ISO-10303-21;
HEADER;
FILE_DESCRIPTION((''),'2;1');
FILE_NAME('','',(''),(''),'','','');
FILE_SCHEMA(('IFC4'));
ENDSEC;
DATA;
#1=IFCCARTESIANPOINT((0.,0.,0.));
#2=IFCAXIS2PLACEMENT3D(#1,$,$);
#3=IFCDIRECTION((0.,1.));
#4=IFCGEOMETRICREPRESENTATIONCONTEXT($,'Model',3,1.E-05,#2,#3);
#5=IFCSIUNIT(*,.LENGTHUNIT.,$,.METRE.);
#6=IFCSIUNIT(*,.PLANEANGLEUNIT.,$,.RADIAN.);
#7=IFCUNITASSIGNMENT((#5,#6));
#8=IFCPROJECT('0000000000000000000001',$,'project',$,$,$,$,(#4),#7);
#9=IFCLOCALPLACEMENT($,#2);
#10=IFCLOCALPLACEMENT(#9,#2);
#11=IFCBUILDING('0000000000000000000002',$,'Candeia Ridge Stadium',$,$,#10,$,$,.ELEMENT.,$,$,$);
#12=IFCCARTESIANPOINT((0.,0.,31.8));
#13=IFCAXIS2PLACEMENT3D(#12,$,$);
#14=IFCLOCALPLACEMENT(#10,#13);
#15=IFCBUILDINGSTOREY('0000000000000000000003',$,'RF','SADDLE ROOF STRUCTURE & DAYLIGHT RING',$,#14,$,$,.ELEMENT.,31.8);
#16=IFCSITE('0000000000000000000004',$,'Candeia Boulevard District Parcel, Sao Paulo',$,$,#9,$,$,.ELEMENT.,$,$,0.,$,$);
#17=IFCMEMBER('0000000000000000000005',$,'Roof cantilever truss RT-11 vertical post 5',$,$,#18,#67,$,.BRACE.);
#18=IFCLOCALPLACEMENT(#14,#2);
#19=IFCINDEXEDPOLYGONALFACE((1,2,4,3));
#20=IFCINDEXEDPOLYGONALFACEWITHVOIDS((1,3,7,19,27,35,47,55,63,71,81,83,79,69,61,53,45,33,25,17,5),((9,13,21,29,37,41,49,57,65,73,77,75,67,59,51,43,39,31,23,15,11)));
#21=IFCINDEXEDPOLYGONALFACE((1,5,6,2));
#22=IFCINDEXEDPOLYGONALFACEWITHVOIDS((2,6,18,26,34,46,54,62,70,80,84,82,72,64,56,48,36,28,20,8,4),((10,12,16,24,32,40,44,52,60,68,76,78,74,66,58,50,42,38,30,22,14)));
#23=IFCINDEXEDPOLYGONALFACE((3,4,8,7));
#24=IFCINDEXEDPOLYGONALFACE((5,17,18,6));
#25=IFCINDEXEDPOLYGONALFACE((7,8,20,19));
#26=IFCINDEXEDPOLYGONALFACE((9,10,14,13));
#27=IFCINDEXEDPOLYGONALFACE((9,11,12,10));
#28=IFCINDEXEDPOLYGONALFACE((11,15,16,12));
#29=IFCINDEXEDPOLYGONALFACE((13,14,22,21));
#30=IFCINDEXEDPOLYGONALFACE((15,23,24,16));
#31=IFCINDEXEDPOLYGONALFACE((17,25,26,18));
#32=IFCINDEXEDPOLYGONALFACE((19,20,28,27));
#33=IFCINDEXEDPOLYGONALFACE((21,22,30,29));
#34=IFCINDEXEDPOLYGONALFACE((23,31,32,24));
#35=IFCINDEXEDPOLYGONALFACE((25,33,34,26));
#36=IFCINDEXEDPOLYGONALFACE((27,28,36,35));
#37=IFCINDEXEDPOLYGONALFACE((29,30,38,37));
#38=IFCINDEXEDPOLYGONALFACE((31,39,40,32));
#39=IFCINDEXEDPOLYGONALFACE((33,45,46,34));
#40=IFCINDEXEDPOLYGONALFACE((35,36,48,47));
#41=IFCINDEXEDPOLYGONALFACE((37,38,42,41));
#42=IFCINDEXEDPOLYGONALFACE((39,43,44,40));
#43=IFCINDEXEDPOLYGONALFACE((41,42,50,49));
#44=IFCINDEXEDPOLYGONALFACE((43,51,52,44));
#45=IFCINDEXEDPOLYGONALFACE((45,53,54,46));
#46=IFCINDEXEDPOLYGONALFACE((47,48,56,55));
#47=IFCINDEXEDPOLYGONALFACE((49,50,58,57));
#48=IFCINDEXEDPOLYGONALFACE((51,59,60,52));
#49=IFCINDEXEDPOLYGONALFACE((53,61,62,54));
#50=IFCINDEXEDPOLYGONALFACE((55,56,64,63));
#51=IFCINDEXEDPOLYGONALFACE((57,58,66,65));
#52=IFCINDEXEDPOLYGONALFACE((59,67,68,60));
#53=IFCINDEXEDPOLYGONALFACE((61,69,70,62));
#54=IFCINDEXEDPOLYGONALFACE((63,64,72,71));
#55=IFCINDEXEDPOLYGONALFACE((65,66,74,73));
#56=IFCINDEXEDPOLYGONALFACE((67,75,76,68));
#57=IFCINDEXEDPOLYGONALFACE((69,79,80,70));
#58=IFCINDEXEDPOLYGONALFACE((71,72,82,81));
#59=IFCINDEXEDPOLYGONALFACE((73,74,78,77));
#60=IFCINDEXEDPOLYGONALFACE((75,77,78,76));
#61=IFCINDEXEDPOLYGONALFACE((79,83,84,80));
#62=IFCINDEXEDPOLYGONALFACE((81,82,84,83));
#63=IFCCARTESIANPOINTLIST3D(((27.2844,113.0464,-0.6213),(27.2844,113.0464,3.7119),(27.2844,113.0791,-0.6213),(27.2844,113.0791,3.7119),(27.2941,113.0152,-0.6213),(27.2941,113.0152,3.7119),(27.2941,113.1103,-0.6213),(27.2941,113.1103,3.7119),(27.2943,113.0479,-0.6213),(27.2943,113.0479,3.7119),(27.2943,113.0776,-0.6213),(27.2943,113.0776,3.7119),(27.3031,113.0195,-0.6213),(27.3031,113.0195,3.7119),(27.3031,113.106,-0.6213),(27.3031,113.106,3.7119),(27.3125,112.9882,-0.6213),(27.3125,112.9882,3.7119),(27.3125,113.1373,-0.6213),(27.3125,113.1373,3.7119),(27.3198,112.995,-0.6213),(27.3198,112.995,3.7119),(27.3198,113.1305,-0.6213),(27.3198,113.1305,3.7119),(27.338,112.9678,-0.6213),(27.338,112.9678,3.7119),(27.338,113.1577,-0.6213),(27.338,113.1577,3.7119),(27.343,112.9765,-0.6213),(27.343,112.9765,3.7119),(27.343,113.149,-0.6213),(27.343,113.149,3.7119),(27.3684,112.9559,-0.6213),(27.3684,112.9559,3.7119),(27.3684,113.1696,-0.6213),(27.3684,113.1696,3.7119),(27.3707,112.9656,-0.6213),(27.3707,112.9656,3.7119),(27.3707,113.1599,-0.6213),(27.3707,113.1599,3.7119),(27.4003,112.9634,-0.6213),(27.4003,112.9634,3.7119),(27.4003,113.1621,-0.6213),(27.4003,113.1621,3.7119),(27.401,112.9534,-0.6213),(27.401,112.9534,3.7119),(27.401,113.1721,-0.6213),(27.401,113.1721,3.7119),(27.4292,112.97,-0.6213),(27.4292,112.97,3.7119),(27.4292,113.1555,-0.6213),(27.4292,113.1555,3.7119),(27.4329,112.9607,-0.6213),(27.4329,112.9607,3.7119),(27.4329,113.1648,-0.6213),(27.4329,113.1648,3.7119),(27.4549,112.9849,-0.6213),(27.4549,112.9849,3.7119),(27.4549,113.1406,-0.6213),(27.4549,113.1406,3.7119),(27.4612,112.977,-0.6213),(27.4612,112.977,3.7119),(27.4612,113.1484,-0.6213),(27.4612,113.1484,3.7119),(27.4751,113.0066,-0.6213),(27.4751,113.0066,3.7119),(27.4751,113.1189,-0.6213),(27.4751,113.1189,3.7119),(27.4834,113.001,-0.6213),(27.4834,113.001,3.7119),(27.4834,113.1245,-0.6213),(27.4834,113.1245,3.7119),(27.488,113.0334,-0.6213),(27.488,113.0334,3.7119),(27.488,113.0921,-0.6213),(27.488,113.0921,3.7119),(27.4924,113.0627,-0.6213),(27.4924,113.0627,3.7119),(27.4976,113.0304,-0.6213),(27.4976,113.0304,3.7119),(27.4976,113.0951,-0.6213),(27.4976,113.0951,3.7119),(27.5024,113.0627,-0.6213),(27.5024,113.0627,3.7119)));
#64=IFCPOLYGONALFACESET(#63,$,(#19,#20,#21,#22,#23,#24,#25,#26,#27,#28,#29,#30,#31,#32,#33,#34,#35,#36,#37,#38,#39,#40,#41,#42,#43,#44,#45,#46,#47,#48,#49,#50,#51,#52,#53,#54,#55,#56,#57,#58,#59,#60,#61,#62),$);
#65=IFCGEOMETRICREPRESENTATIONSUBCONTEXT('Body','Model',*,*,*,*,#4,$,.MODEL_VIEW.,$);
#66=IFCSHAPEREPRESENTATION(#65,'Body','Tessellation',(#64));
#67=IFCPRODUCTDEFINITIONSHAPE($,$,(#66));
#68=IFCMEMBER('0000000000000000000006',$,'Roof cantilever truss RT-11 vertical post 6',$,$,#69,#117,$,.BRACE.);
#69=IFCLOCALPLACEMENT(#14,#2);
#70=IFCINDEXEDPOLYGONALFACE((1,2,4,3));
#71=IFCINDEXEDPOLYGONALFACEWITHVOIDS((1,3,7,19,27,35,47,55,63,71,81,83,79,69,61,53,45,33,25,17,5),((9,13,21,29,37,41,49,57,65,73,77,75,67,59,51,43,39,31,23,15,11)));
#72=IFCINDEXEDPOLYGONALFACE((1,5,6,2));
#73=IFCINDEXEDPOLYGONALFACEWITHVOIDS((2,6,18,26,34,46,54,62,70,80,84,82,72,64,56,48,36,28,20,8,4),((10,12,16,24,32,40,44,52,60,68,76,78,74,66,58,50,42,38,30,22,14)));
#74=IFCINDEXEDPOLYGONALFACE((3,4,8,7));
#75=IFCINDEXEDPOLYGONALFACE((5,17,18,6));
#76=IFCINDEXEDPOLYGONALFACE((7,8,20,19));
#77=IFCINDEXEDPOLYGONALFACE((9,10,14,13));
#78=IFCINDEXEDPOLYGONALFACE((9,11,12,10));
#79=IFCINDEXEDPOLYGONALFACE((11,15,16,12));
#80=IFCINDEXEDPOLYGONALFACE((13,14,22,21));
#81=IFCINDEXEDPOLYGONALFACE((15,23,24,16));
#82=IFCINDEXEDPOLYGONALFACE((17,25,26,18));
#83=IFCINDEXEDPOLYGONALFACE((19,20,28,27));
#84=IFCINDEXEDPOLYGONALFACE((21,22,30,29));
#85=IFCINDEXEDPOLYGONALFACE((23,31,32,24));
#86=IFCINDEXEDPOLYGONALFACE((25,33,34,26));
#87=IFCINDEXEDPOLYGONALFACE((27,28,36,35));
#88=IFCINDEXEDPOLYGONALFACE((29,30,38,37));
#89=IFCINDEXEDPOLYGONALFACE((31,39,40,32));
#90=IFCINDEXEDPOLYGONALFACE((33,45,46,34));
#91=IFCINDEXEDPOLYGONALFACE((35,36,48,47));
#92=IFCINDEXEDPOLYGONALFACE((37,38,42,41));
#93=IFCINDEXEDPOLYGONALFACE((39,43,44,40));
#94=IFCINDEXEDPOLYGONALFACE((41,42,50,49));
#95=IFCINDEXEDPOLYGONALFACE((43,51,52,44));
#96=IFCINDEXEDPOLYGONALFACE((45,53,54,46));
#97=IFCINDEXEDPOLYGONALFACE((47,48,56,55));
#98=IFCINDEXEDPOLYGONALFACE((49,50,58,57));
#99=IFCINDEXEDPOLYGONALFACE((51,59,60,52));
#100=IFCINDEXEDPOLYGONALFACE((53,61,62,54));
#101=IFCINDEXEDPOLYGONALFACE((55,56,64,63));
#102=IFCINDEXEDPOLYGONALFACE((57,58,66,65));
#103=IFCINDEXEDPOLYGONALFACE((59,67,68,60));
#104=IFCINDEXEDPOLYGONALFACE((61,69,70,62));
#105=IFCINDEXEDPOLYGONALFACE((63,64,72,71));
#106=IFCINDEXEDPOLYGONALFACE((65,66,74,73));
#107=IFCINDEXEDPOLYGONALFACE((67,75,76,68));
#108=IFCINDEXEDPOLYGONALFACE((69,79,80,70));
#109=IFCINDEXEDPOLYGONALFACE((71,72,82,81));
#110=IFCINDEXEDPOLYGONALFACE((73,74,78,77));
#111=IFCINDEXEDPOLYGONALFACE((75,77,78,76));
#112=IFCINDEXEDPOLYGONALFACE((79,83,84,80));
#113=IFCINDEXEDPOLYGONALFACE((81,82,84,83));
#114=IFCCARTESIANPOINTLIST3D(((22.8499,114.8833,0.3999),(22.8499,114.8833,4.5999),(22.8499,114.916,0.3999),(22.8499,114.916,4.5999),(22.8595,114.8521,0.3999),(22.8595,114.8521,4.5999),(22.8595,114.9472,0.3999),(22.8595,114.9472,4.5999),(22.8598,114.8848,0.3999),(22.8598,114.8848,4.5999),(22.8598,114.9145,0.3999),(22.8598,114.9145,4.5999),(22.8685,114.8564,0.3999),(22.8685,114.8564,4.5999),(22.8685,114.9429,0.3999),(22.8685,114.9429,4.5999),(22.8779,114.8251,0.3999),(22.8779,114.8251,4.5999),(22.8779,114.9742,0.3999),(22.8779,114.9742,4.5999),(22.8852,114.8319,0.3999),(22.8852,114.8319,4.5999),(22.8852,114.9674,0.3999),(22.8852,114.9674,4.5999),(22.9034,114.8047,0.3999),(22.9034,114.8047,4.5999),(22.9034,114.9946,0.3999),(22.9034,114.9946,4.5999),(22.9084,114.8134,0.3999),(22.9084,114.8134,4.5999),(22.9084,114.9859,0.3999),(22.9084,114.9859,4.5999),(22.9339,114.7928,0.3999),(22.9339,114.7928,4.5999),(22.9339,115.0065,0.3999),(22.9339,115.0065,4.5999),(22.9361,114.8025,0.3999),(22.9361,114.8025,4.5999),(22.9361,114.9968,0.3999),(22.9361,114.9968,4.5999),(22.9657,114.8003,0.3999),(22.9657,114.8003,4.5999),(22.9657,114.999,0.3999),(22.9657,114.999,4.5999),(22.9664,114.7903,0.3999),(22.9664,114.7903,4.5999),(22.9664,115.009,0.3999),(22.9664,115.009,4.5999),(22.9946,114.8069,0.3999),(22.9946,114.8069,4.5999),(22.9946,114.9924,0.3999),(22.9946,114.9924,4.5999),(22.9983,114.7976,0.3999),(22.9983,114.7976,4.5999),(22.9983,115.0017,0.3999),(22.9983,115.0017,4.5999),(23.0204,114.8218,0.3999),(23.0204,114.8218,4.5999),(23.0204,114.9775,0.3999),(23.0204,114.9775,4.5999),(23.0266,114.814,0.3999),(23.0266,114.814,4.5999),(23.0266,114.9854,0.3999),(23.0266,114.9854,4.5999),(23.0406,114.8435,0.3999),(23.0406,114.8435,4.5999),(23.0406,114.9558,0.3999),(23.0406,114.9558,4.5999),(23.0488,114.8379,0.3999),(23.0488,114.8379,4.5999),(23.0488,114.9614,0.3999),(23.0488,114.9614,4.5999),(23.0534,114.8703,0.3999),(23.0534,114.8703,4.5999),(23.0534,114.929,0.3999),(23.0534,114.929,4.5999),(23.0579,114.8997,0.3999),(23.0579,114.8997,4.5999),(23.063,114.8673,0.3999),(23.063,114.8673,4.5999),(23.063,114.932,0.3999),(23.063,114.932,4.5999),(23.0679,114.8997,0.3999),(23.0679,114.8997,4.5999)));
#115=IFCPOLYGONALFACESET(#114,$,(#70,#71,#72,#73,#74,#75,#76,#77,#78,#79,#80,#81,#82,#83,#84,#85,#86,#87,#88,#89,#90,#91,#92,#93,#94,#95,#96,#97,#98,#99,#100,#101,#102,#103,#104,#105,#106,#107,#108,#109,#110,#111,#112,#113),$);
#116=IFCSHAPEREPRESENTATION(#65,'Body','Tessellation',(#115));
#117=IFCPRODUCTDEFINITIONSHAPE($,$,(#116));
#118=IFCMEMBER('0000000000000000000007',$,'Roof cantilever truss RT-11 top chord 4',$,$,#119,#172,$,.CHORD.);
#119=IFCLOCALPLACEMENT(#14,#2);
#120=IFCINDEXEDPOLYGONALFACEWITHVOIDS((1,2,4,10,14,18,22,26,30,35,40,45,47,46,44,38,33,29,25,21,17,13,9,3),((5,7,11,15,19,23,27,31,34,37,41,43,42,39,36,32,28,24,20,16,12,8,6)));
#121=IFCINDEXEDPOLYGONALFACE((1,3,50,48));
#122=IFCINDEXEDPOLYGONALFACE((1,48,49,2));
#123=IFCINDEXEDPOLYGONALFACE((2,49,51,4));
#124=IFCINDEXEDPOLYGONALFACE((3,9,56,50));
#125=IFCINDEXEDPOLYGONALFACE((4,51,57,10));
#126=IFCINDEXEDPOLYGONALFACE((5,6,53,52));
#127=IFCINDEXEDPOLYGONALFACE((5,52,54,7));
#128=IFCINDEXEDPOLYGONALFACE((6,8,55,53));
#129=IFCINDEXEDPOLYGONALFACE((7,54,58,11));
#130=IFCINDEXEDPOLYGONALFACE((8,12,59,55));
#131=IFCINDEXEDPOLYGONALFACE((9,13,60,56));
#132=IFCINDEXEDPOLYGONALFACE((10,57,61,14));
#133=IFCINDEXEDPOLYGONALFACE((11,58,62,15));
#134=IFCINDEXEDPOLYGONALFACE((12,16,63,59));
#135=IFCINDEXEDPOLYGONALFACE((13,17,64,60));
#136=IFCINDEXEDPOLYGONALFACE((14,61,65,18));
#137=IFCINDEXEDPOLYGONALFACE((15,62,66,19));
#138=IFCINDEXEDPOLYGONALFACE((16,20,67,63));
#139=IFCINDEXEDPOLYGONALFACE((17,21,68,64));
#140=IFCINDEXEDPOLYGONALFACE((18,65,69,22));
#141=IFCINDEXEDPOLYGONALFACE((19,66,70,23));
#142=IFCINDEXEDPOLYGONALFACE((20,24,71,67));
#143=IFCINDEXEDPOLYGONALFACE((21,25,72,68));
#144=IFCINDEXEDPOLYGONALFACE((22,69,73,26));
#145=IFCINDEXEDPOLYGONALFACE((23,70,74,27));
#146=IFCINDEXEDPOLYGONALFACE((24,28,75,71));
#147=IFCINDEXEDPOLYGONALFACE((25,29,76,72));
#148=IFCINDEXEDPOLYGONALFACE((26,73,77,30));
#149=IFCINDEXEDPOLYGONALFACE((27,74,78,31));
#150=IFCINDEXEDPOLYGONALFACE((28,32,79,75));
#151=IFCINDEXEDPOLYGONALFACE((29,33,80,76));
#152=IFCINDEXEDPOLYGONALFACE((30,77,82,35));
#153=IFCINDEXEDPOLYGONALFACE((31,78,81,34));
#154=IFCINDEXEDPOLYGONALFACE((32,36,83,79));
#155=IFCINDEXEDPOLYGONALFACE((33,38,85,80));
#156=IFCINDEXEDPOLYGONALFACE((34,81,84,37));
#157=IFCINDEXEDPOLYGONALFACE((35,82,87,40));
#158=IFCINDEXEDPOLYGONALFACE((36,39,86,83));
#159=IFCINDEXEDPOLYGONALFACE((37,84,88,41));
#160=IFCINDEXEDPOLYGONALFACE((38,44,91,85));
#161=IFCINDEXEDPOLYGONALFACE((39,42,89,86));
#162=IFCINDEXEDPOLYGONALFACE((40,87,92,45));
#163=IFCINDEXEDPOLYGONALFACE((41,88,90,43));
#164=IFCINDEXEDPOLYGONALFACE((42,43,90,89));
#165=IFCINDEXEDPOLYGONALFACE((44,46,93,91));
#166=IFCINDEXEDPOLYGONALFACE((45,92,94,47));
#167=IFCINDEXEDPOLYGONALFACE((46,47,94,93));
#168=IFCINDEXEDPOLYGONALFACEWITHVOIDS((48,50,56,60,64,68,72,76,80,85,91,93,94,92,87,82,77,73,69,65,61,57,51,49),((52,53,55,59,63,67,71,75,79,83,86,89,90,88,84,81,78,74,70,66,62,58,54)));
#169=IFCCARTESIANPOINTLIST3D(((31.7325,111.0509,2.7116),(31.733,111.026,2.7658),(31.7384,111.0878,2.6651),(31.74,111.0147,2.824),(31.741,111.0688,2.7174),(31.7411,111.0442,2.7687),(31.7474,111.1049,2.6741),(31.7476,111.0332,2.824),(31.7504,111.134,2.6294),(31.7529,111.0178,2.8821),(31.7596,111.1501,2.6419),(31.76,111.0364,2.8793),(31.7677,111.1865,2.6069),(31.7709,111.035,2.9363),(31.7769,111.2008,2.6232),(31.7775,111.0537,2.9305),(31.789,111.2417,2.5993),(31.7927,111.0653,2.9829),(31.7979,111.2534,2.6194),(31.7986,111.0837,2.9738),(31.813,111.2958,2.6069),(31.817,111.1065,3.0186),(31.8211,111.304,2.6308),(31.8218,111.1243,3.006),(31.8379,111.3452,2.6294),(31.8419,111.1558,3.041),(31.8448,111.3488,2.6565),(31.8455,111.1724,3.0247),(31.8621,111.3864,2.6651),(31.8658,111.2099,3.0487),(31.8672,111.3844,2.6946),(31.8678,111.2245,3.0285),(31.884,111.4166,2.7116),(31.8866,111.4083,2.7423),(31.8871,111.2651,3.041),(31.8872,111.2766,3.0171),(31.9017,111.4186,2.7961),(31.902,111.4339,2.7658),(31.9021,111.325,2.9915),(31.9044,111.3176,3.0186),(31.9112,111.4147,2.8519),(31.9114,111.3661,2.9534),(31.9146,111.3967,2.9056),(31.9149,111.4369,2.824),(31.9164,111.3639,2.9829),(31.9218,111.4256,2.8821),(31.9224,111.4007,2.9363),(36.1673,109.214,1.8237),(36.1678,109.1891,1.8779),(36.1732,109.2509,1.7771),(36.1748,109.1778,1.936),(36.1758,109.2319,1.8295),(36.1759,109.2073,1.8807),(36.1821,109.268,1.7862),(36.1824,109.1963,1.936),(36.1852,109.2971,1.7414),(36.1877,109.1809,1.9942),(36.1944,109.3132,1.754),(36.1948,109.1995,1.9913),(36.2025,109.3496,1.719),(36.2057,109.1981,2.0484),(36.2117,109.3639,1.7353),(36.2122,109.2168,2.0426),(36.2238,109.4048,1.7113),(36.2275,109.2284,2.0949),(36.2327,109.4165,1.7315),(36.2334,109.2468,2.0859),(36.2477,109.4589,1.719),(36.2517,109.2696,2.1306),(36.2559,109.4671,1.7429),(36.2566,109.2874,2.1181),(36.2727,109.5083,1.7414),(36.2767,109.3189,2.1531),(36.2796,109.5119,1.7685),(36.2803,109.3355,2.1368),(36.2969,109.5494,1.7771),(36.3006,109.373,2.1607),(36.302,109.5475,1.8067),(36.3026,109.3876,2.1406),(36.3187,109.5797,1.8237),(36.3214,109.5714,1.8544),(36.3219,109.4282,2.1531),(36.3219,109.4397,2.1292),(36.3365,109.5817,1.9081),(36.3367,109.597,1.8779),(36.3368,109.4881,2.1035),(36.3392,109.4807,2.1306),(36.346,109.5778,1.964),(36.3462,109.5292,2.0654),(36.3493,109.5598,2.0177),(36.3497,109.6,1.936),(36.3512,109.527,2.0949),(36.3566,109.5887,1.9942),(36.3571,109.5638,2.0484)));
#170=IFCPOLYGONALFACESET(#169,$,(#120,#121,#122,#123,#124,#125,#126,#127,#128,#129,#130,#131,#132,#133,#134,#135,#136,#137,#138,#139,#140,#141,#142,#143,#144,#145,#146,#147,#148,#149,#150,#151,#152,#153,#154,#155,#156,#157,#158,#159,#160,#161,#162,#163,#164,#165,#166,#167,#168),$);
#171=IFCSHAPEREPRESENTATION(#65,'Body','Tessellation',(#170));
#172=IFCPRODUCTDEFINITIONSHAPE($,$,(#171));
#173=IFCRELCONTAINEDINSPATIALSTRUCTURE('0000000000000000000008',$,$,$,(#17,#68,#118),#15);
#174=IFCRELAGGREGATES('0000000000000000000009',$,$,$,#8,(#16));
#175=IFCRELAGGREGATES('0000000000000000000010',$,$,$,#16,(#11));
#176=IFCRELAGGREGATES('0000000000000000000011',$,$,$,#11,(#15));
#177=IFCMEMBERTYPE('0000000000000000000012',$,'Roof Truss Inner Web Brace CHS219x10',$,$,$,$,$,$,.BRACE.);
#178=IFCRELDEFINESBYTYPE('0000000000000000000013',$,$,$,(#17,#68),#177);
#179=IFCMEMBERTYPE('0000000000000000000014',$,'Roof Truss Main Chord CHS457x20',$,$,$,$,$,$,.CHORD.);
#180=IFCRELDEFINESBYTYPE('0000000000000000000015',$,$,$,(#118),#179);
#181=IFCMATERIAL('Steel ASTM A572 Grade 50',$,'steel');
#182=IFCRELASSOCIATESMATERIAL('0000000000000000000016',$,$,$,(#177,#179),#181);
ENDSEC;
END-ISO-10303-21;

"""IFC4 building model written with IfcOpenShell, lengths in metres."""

from ifc_helpers import new_model, si_unit, direction, frame, origin, origin_2d, place, context, subcontext, project, spatial, hollow_circle, extrude, material, material_profile, profile_set, type_object, element, save


model = new_model("IFC4")

# Units and contexts
model_context = context("Model", 3, precision=1e-05, world=origin(), true_north=direction((0.0, 1.0)))
body_context = subcontext(model_context, "Body", "Model", "MODEL_VIEW")
ifc_project = project(units=[si_unit("LENGTHUNIT", "METRE"), si_unit("PLANEANGLEUNIT", "RADIAN")], contexts=[model_context])

# Site, building, storey
site_placement = place(None, origin())
site = spatial("IfcSite", under=ifc_project, at=site_placement, Name="Candeia Boulevard District Parcel, Sao Paulo", CompositionType="ELEMENT", RefElevation=0.0)
building_placement = place(site_placement, origin())
building = spatial("IfcBuilding", under=site, at=building_placement, Name="Candeia Ridge Stadium", CompositionType="ELEMENT")
storey_placement = place(building_placement, frame((0.0, 0.0, 31.8)))
storey = spatial("IfcBuildingStorey", under=building, at=storey_placement, Name="RF", Description="SADDLE ROOF STRUCTURE & DAYLIGHT RING", CompositionType="ELEMENT", Elevation=31.8)

# Shared definitions
ifc_material_1 = material(Name="Steel ASTM A572 Grade 50", Category="steel")

# Members
ifc_material_profile_1 = material_profile(ifc_material_1, hollow_circle(Radius=0.1096, WallThickness=0.01, at=origin_2d()), Name="CHS219x10", Category="steel")
ifc_profile_set_1 = profile_set([ifc_material_profile_1], Name="Steel ASTM A572 Grade 50")
member_type_1 = type_object("IfcMemberType", Name="Roof Truss Inner Web Brace CHS219x10", PredefinedType="BRACE", material=ifc_profile_set_1)
member_1_placement = place(storey_placement, frame((27.3928, 113.0627, -0.6213), z_axis=(0.0, 0.0, 1.0), x_axis=(1.0, 0.0, 0.0)))
element("IfcMember", 1, at=member_1_placement, inside=storey, type_object=member_type_1, Name="Roof cantilever truss RT-11 vertical post 5", PredefinedType="BRACE", context=body_context, shape_type="SweptSolid", body=[
    extrude(hollow_circle(Radius=0.1096, WallThickness=0.01, at=origin_2d()), origin(), (0.0, 0.0, 1.0), 4.3333),
])
member_2_placement = place(storey_placement, frame((22.9583, 114.8997, 0.3999), z_axis=(0.0, 0.0, 1.0), x_axis=(1.0, 0.0, 0.0)))
element("IfcMember", 2, at=member_2_placement, inside=storey, type_object=member_type_1, Name="Roof cantilever truss RT-11 vertical post 6", PredefinedType="BRACE", context=body_context, shape_type="SweptSolid", body=[
    extrude(hollow_circle(Radius=0.1096, WallThickness=0.01, at=origin_2d()), origin(), (0.0, 0.0, 1.0), 4.2),
])
ifc_material_profile_2 = material_profile(ifc_material_1, hollow_circle(Radius=0.2285, WallThickness=0.02, at=origin_2d()), Name="CHS457x20", Category="steel")
ifc_profile_set_2 = profile_set([ifc_material_profile_2], Name="Steel ASTM A572 Grade 50")
member_type_2 = type_object("IfcMemberType", Name="Roof Truss Main Chord CHS457x20", PredefinedType="CHORD", material=ifc_profile_set_2)
member_3_placement = place(storey_placement, frame((36.2622, 109.3889, 1.936), z_axis=(-0.908471, 0.376291, 0.181894), x_axis=(-0.382675, -0.923883, 0.0)))
element("IfcMember", 3, at=member_3_placement, inside=storey, type_object=member_type_2, Name="Roof cantilever truss RT-11 top chord 4", PredefinedType="CHORD", context=body_context, shape_type="SweptSolid", body=[
    extrude(hollow_circle(Radius=0.2285, WallThickness=0.02, at=origin_2d()), origin(), (0.0, 0.0, 1.0), 4.8816),
])

save(model, "model.ifc")
